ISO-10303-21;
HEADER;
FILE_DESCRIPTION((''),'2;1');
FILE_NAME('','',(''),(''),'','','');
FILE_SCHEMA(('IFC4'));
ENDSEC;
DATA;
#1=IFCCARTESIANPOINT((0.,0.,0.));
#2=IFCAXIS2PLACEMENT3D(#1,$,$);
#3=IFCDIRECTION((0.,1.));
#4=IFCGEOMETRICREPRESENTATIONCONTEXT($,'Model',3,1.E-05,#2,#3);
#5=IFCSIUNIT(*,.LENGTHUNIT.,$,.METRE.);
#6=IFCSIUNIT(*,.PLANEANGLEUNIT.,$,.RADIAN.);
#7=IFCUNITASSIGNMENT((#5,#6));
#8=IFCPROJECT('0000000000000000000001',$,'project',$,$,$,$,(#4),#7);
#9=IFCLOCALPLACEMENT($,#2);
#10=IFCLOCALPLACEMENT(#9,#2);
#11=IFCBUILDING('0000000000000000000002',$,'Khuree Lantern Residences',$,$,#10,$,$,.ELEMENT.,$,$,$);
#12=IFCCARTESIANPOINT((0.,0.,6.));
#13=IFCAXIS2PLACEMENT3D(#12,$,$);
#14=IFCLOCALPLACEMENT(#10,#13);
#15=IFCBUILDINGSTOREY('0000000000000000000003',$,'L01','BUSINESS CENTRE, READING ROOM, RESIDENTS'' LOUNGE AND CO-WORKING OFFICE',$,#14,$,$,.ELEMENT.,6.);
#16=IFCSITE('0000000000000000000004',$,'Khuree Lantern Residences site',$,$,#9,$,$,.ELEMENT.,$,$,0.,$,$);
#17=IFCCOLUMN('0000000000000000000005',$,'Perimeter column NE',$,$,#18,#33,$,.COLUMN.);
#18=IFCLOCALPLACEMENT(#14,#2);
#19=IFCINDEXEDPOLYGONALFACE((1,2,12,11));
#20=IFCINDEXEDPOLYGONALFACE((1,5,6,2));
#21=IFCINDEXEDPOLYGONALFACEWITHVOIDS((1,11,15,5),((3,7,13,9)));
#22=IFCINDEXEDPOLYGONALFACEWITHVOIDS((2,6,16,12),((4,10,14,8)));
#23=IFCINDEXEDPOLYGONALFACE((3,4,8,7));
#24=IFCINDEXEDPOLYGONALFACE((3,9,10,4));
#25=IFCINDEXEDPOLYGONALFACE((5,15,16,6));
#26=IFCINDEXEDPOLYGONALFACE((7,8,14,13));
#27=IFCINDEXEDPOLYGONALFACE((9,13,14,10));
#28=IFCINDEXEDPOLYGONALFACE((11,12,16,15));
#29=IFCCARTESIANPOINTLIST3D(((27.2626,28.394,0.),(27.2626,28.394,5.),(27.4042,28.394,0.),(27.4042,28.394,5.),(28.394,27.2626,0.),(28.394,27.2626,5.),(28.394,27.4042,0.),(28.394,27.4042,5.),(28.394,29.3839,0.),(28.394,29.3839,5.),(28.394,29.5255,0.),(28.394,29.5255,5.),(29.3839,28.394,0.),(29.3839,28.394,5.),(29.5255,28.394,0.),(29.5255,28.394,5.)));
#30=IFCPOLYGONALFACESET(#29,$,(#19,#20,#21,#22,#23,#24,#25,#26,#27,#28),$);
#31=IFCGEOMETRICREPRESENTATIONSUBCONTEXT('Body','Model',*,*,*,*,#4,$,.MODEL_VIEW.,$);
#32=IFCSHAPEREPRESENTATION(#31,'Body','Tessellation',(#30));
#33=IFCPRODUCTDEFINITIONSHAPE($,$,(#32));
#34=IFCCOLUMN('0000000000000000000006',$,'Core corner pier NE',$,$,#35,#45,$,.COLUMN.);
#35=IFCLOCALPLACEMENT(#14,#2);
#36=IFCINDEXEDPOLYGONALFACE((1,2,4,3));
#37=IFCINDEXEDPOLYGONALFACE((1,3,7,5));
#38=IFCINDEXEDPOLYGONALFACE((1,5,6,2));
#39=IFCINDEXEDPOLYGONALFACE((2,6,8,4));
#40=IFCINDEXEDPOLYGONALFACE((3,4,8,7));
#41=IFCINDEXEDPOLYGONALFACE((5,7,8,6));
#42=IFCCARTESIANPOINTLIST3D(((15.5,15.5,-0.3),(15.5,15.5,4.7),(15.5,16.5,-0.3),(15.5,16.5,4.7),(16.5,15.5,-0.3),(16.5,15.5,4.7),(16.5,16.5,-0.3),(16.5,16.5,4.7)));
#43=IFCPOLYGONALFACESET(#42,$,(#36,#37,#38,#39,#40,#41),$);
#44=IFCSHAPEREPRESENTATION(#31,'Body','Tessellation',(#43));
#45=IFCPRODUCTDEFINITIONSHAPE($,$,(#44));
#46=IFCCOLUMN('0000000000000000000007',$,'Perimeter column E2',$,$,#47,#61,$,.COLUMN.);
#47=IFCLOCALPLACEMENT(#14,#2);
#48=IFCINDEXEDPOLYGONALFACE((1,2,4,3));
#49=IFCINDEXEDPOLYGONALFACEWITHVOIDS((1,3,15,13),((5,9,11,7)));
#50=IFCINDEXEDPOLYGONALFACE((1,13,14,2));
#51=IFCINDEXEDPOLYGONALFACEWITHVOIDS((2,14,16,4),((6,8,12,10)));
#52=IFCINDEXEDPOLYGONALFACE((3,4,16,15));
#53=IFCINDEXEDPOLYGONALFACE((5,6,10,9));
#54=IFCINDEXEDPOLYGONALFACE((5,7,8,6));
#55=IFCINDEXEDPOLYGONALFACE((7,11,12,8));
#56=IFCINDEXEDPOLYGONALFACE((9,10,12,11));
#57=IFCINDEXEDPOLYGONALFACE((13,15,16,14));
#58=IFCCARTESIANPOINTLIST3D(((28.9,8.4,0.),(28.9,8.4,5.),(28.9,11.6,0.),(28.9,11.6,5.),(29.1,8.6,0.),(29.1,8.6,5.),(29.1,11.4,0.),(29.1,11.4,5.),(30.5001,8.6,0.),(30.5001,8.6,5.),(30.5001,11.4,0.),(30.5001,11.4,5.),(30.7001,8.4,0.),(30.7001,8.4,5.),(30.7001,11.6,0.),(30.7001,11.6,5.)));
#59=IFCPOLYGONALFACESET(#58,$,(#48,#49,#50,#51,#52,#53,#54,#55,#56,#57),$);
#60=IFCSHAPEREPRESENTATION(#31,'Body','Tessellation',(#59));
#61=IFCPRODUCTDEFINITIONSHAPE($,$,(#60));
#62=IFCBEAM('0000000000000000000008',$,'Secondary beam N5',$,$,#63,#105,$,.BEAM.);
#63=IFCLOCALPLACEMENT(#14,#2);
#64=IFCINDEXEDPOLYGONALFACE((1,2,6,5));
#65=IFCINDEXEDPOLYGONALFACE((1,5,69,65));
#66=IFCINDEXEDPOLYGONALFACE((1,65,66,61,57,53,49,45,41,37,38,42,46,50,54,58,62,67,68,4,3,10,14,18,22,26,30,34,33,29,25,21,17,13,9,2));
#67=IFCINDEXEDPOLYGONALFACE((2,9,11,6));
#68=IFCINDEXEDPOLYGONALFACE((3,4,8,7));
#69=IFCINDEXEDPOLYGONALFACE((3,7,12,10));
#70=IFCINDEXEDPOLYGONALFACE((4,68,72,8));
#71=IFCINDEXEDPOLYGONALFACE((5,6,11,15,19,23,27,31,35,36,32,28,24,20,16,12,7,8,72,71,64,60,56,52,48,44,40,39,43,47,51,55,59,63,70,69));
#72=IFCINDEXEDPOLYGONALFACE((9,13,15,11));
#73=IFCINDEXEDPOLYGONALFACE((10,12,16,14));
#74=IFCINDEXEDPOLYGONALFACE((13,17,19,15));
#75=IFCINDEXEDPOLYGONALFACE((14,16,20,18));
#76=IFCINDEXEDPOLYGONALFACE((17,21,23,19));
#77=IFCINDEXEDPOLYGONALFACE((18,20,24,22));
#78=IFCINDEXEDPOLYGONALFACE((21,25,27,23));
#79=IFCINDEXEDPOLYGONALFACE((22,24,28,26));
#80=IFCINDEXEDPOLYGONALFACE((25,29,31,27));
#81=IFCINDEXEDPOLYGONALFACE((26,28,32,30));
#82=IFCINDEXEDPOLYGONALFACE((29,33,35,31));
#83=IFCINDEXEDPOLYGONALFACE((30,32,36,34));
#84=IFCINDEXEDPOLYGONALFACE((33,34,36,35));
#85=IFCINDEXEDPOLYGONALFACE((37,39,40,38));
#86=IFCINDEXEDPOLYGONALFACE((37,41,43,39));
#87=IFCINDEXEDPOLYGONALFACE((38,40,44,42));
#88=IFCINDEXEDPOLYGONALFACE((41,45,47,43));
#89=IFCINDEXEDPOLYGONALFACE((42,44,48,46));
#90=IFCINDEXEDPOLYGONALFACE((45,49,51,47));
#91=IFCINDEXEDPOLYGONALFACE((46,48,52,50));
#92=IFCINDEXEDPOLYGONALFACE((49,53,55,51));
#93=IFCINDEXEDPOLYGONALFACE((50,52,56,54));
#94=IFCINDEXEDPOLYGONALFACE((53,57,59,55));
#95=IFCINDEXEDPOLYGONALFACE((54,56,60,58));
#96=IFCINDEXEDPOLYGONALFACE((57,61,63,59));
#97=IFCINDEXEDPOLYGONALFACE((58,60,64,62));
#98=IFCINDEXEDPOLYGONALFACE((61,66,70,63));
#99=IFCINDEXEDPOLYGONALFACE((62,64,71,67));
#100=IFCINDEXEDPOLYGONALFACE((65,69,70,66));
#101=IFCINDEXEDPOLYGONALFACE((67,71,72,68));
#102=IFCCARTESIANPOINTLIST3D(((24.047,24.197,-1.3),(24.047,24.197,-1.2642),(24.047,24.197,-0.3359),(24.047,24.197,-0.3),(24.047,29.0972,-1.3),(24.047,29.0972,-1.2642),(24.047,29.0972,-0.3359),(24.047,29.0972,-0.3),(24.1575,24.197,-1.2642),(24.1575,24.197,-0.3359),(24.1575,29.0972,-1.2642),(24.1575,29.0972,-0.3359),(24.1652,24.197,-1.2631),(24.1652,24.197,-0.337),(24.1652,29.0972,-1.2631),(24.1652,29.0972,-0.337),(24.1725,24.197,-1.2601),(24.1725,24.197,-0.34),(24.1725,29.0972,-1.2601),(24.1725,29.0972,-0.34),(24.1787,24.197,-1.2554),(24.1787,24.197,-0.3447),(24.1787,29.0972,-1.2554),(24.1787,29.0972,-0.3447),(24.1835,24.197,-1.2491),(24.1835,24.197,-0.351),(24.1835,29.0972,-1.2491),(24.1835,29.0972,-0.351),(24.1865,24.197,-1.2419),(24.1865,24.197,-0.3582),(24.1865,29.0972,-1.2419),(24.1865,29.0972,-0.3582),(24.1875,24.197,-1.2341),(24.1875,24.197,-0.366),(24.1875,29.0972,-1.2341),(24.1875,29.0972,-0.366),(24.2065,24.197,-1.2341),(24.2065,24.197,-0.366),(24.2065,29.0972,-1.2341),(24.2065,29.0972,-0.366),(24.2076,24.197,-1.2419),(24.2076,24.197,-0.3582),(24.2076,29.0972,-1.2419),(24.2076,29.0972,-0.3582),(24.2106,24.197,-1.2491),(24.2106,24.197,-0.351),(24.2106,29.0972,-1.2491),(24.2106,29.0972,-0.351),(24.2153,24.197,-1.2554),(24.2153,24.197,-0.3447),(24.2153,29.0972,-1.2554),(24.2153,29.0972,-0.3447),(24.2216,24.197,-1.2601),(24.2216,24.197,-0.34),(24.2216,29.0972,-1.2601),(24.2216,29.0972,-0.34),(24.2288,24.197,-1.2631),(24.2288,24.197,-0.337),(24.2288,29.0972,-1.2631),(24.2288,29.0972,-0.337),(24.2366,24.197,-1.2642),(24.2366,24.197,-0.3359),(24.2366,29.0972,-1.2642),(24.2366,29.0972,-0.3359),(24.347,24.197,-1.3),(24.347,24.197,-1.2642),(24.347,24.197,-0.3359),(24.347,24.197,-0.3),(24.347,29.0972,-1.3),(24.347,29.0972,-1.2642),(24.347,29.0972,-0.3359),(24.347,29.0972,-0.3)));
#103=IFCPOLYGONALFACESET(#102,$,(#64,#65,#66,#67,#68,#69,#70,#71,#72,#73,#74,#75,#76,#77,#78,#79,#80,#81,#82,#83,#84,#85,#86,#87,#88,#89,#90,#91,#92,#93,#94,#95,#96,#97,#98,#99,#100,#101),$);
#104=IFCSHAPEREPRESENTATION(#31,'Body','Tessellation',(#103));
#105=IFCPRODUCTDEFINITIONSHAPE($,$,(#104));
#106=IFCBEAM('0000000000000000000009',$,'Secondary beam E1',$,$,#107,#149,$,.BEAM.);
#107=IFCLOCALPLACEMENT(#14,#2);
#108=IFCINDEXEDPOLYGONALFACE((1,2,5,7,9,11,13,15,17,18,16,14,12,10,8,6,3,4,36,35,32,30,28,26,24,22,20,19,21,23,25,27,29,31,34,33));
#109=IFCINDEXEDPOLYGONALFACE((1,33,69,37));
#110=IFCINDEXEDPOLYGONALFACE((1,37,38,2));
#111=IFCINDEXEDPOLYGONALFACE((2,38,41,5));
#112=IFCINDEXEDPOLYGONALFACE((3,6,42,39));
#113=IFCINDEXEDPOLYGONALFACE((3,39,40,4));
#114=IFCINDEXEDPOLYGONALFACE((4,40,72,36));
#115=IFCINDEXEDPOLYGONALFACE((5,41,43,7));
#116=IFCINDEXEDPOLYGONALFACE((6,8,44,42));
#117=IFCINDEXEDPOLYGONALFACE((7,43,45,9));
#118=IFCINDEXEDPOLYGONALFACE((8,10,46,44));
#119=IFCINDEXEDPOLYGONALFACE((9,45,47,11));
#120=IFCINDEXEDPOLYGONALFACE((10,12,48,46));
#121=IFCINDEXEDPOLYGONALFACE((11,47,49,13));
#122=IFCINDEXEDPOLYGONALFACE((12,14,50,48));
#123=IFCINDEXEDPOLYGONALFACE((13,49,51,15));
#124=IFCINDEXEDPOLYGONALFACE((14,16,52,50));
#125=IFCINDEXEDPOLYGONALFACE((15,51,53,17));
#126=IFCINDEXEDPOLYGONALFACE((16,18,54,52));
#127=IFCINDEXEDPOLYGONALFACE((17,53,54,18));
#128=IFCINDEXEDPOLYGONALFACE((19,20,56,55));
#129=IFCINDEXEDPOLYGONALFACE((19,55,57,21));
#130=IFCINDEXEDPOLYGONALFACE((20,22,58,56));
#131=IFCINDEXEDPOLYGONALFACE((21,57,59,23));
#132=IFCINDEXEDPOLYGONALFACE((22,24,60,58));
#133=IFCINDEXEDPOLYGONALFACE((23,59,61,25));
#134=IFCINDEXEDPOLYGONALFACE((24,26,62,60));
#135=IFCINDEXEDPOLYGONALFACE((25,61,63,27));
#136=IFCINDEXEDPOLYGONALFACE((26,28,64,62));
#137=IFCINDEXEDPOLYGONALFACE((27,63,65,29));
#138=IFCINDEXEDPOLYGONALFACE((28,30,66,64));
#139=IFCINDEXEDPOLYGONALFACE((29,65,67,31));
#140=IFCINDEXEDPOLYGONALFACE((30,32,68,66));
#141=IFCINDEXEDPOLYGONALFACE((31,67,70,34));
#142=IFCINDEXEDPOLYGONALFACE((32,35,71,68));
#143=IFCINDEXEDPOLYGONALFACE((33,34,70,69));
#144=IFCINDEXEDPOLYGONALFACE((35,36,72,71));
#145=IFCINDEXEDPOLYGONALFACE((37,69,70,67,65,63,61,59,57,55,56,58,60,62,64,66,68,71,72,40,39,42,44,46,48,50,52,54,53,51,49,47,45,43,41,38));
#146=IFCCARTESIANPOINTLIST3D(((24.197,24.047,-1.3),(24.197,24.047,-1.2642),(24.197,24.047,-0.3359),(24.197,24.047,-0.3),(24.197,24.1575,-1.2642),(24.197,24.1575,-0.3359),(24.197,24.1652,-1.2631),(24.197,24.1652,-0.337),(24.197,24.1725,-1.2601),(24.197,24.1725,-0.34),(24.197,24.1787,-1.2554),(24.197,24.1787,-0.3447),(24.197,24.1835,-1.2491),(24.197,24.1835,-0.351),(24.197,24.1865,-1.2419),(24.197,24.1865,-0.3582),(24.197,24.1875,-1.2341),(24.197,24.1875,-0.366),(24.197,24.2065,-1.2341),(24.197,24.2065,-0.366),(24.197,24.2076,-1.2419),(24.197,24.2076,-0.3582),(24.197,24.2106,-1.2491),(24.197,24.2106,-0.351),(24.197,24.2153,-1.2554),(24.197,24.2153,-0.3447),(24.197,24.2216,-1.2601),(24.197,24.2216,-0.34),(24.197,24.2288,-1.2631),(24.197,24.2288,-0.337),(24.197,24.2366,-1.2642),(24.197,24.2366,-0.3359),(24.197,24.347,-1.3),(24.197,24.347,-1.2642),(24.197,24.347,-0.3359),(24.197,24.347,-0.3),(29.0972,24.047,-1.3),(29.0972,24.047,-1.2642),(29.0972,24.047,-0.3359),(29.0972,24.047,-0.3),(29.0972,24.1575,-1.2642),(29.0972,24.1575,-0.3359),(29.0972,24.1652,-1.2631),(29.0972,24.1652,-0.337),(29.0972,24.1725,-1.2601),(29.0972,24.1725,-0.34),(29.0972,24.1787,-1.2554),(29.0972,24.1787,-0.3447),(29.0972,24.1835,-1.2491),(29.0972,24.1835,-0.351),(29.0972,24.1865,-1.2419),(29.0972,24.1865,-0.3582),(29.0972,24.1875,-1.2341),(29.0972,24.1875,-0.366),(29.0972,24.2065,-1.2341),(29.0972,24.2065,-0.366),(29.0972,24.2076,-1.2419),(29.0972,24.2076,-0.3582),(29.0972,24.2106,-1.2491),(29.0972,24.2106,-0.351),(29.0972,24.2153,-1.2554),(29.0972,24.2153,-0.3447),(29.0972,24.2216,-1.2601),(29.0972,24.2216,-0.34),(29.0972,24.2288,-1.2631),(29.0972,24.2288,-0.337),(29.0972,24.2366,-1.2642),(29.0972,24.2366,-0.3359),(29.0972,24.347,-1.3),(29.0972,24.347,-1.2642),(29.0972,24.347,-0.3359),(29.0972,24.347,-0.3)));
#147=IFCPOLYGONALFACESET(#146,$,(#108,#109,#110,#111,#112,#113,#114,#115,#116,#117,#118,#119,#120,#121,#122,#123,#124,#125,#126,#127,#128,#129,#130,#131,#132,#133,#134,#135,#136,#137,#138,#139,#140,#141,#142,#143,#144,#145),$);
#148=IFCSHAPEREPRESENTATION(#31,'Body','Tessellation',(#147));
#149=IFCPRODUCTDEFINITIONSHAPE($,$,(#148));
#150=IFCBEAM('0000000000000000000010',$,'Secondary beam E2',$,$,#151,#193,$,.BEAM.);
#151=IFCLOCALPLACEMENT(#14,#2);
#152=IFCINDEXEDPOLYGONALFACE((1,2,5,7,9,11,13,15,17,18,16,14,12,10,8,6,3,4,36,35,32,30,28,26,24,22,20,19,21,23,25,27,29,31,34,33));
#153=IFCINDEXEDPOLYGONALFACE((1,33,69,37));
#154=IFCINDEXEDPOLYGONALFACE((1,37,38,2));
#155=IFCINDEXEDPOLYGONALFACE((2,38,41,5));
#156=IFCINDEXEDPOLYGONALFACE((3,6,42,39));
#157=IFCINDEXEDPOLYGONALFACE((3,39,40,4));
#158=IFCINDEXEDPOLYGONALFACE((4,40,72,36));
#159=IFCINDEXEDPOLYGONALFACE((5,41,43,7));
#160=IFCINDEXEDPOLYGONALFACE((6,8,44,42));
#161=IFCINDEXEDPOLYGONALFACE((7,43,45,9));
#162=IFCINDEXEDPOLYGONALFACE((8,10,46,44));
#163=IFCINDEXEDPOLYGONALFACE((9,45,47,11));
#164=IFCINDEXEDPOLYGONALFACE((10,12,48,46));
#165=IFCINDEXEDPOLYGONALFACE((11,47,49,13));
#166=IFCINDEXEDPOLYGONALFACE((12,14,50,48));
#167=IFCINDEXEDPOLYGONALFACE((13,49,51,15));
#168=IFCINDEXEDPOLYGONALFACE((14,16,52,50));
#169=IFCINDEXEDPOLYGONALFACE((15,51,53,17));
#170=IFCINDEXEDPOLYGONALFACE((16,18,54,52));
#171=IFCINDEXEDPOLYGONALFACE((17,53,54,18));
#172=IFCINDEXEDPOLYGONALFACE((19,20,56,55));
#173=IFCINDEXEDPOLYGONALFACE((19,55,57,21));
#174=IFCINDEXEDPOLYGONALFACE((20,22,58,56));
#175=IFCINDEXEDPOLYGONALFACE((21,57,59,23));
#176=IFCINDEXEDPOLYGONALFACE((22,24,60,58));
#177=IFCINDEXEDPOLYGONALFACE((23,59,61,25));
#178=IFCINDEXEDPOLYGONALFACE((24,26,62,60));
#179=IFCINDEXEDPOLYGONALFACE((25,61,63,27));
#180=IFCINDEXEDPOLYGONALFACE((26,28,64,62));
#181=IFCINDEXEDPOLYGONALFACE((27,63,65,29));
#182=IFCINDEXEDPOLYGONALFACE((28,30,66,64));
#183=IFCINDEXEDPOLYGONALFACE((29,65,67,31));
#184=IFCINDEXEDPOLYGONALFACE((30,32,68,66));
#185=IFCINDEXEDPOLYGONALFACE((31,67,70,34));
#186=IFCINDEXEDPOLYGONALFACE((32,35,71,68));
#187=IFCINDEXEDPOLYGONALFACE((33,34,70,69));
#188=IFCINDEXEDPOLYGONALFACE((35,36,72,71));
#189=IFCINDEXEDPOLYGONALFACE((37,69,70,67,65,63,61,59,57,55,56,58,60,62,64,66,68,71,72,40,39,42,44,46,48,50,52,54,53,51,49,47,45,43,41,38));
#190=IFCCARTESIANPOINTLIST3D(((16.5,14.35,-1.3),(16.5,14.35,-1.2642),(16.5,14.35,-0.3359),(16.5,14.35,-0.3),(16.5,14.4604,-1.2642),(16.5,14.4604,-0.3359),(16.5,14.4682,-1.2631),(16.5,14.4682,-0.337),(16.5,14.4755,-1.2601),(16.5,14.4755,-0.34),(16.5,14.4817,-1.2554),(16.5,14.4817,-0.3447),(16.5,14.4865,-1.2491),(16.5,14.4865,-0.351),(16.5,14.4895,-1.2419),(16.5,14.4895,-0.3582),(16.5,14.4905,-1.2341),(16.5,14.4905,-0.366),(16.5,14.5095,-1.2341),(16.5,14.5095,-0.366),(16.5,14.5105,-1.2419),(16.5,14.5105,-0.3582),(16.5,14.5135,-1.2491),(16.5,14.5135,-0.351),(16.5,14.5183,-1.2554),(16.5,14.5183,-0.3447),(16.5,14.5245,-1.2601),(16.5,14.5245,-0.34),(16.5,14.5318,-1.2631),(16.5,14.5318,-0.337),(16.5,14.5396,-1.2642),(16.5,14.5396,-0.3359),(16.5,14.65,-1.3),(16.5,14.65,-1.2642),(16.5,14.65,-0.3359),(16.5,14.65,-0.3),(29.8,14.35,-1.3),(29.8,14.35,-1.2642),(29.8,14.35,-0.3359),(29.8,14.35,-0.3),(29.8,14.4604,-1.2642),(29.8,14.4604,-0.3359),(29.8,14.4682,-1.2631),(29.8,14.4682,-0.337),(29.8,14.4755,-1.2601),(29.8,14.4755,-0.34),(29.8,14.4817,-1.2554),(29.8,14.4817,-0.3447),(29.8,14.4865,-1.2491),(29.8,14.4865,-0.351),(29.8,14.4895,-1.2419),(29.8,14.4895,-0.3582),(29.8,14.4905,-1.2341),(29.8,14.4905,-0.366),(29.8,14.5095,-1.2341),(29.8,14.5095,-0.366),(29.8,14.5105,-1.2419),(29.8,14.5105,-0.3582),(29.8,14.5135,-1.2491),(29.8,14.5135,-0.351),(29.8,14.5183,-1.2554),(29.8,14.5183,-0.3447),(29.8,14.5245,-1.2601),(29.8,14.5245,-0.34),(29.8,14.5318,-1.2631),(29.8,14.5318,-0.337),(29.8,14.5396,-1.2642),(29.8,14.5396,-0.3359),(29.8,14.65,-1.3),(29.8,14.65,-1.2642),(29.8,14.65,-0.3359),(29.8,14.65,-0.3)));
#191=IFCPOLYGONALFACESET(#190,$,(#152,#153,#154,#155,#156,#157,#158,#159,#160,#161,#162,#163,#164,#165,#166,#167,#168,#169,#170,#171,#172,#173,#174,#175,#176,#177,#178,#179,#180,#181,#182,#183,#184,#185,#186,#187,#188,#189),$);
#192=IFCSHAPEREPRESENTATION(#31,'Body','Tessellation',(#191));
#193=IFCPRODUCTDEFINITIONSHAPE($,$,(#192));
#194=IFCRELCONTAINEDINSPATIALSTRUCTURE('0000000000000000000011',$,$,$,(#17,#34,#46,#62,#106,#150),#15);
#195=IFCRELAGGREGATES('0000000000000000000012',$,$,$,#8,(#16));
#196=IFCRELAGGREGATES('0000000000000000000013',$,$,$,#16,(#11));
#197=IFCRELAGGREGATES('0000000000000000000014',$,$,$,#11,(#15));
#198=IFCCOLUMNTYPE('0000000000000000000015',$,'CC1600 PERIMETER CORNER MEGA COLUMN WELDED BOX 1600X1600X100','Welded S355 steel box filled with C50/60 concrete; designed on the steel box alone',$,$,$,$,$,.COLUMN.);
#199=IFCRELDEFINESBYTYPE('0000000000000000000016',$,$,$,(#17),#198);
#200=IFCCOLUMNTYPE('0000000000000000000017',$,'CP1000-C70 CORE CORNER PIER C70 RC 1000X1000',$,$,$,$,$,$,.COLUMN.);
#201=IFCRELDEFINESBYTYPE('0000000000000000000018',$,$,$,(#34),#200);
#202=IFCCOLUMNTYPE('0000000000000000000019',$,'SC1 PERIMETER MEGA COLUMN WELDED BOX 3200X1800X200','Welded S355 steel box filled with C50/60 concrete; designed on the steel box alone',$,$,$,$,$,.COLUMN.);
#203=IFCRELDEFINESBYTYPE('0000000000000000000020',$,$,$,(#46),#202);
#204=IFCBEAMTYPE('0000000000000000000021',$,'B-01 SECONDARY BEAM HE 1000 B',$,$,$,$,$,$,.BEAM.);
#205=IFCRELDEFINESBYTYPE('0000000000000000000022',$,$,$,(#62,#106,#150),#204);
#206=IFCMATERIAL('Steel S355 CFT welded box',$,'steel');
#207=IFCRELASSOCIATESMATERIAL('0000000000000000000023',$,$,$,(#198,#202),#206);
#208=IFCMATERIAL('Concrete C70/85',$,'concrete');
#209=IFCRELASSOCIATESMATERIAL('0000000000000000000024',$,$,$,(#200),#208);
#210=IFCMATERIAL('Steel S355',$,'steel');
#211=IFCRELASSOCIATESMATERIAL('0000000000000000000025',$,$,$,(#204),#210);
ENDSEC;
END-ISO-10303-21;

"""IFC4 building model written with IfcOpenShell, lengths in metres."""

from ifc_helpers import new_model, si_unit, direction, frame, origin, origin_2d, place, context, subcontext, project, spatial, rectangle, hollow_rectangle, i_section, extrude, material, material_profile, profile_set, type_object, element, save


model = new_model("IFC4")

# Units and contexts
model_context = context("Model", 3, precision=1e-05, world=origin(), true_north=direction((0.0, 1.0)))
body_context = subcontext(model_context, "Body", "Model", "MODEL_VIEW")
ifc_project = project(units=[si_unit("LENGTHUNIT", "METRE"), si_unit("PLANEANGLEUNIT", "RADIAN")], contexts=[model_context])

# Site, building, storey
site_placement = place(None, origin())
site = spatial("IfcSite", under=ifc_project, at=site_placement, Name="Khuree Lantern Residences site", CompositionType="ELEMENT", RefElevation=0.0)
building_placement = place(site_placement, origin())
building = spatial("IfcBuilding", under=site, at=building_placement, Name="Khuree Lantern Residences", CompositionType="ELEMENT")
storey_placement = place(building_placement, frame((0.0, 0.0, 6.0)))
storey = spatial("IfcBuildingStorey", under=building, at=storey_placement, Name="L01", Description="BUSINESS CENTRE, READING ROOM, RESIDENTS' LOUNGE AND CO-WORKING OFFICE", CompositionType="ELEMENT", Elevation=6.0)

# Columns
ifc_material_1 = material(Name="Steel S355 CFT welded box", Category="steel")
ifc_material_profile_1 = material_profile(ifc_material_1, hollow_rectangle(XDim=1.6001, YDim=1.6001, WallThickness=0.1001, at=origin_2d()), Name="WELDED BOX 1600X1600X100")
ifc_profile_set_1 = profile_set([ifc_material_profile_1], Name="Steel S355 CFT welded box")
column_type_1 = type_object("IfcColumnType", Name="CC1600 PERIMETER CORNER MEGA COLUMN WELDED BOX 1600X1600X100", Description="Welded S355 steel box filled with C50/60 concrete; designed on the steel box alone", PredefinedType="COLUMN", material=ifc_profile_set_1)
column_1_placement = place(storey_placement, frame((28.394, 28.394, 0.0), z_axis=(0.0, 0.0, 1.0), x_axis=(0.707107, -0.707107, 0.0)))
element("IfcColumn", 1, at=column_1_placement, inside=storey, type_object=column_type_1, Name="Perimeter column NE", PredefinedType="COLUMN", context=body_context, shape_type="SweptSolid", body=[
    extrude(hollow_rectangle(XDim=1.6001, YDim=1.6001, WallThickness=0.1001, at=origin_2d()), origin(), (0.0, 0.0, 1.0), 5.0),
])
ifc_material_2 = material(Name="Concrete C70/85", Category="concrete")
ifc_material_profile_2 = material_profile(ifc_material_2, rectangle(XDim=1.0, YDim=1.0, at=origin_2d()), Name="RC 1000X1000")
ifc_profile_set_2 = profile_set([ifc_material_profile_2], Name="Concrete C70/85")
column_type_2 = type_object("IfcColumnType", Name="CP1000-C70 CORE CORNER PIER C70 RC 1000X1000", PredefinedType="COLUMN", material=ifc_profile_set_2)
column_2_placement = place(storey_placement, frame((16.0, 16.0, -0.3), z_axis=(0.0, 0.0, 1.0), x_axis=(1.0, 0.0, 0.0)))
element("IfcColumn", 2, at=column_2_placement, inside=storey, type_object=column_type_2, Name="Core corner pier NE", PredefinedType="COLUMN", context=body_context, shape_type="SweptSolid", body=[
    extrude(rectangle(XDim=1.0, YDim=1.0, at=origin_2d()), origin(), (0.0, 0.0, 1.0), 5.0),
])
ifc_material_profile_3 = material_profile(ifc_material_1, hollow_rectangle(XDim=3.2, YDim=1.8, WallThickness=0.2, at=origin_2d()), Name="WELDED BOX 3200X1800X200")
ifc_profile_set_3 = profile_set([ifc_material_profile_3], Name="Steel S355 CFT welded box")
column_type_3 = type_object("IfcColumnType", Name="SC1 PERIMETER MEGA COLUMN WELDED BOX 3200X1800X200", Description="Welded S355 steel box filled with C50/60 concrete; designed on the steel box alone", PredefinedType="COLUMN", material=ifc_profile_set_3)
column_3_placement = place(storey_placement, frame((29.8, 10.0, 0.0), z_axis=(0.0, 0.0, 1.0), x_axis=(0.0, 1.0, 0.0)))
element("IfcColumn", 3, at=column_3_placement, inside=storey, type_object=column_type_3, Name="Perimeter column E2", PredefinedType="COLUMN", context=body_context, shape_type="SweptSolid", body=[
    extrude(hollow_rectangle(XDim=3.2, YDim=1.8, WallThickness=0.2, at=origin_2d()), origin(), (0.0, 0.0, 1.0), 5.0),
])

# Beams
ifc_material_3 = material(Name="Steel S355", Category="steel")
ifc_material_profile_4 = material_profile(ifc_material_3, i_section(OverallWidth=0.3, OverallDepth=1.0, WebThickness=0.019, FlangeThickness=0.0359, FilletRadius=0.03, at=origin_2d()), Name="HE 1000 B")
ifc_profile_set_4 = profile_set([ifc_material_profile_4], Name="Steel S355")
beam_type_1 = type_object("IfcBeamType", Name="B-01 SECONDARY BEAM HE 1000 B", PredefinedType="BEAM", material=ifc_profile_set_4)
for number, where, z_axis, x_axis, name in (
    (4, (24.197, 29.0972, -0.8), (0.0, -1.0, 0.0), (1.0, 0.0, 0.0), "Secondary beam N5"),
    (5, (29.0972, 24.197, -0.8), (-1.0, 0.0, 0.0), (0.0, -1.0, 0.0), "Secondary beam E1"),
):
    element("IfcBeam", number, at=place(storey_placement, frame(where, z_axis=z_axis, x_axis=x_axis)), inside=storey, type_object=beam_type_1, Name=name, PredefinedType="BEAM", context=body_context, shape_type="SweptSolid", body=[
        extrude(i_section(OverallWidth=0.3, OverallDepth=1.0, WebThickness=0.019, FlangeThickness=0.0359, FilletRadius=0.03, at=origin_2d()), origin(), (0.0, 0.0, 1.0), 4.9001),
    ])
beam_1_placement = place(storey_placement, frame((29.8, 14.5, -0.8), z_axis=(-1.0, 0.0, 0.0), x_axis=(0.0, -1.0, 0.0)))
element("IfcBeam", 6, at=beam_1_placement, inside=storey, type_object=beam_type_1, Name="Secondary beam E2", PredefinedType="BEAM", context=body_context, shape_type="SweptSolid", body=[
    extrude(i_section(OverallWidth=0.3, OverallDepth=1.0, WebThickness=0.019, FlangeThickness=0.0359, FilletRadius=0.03, at=origin_2d()), origin(), (0.0, 0.0, 1.0), 13.3),
])

save(model, "model.ifc")
